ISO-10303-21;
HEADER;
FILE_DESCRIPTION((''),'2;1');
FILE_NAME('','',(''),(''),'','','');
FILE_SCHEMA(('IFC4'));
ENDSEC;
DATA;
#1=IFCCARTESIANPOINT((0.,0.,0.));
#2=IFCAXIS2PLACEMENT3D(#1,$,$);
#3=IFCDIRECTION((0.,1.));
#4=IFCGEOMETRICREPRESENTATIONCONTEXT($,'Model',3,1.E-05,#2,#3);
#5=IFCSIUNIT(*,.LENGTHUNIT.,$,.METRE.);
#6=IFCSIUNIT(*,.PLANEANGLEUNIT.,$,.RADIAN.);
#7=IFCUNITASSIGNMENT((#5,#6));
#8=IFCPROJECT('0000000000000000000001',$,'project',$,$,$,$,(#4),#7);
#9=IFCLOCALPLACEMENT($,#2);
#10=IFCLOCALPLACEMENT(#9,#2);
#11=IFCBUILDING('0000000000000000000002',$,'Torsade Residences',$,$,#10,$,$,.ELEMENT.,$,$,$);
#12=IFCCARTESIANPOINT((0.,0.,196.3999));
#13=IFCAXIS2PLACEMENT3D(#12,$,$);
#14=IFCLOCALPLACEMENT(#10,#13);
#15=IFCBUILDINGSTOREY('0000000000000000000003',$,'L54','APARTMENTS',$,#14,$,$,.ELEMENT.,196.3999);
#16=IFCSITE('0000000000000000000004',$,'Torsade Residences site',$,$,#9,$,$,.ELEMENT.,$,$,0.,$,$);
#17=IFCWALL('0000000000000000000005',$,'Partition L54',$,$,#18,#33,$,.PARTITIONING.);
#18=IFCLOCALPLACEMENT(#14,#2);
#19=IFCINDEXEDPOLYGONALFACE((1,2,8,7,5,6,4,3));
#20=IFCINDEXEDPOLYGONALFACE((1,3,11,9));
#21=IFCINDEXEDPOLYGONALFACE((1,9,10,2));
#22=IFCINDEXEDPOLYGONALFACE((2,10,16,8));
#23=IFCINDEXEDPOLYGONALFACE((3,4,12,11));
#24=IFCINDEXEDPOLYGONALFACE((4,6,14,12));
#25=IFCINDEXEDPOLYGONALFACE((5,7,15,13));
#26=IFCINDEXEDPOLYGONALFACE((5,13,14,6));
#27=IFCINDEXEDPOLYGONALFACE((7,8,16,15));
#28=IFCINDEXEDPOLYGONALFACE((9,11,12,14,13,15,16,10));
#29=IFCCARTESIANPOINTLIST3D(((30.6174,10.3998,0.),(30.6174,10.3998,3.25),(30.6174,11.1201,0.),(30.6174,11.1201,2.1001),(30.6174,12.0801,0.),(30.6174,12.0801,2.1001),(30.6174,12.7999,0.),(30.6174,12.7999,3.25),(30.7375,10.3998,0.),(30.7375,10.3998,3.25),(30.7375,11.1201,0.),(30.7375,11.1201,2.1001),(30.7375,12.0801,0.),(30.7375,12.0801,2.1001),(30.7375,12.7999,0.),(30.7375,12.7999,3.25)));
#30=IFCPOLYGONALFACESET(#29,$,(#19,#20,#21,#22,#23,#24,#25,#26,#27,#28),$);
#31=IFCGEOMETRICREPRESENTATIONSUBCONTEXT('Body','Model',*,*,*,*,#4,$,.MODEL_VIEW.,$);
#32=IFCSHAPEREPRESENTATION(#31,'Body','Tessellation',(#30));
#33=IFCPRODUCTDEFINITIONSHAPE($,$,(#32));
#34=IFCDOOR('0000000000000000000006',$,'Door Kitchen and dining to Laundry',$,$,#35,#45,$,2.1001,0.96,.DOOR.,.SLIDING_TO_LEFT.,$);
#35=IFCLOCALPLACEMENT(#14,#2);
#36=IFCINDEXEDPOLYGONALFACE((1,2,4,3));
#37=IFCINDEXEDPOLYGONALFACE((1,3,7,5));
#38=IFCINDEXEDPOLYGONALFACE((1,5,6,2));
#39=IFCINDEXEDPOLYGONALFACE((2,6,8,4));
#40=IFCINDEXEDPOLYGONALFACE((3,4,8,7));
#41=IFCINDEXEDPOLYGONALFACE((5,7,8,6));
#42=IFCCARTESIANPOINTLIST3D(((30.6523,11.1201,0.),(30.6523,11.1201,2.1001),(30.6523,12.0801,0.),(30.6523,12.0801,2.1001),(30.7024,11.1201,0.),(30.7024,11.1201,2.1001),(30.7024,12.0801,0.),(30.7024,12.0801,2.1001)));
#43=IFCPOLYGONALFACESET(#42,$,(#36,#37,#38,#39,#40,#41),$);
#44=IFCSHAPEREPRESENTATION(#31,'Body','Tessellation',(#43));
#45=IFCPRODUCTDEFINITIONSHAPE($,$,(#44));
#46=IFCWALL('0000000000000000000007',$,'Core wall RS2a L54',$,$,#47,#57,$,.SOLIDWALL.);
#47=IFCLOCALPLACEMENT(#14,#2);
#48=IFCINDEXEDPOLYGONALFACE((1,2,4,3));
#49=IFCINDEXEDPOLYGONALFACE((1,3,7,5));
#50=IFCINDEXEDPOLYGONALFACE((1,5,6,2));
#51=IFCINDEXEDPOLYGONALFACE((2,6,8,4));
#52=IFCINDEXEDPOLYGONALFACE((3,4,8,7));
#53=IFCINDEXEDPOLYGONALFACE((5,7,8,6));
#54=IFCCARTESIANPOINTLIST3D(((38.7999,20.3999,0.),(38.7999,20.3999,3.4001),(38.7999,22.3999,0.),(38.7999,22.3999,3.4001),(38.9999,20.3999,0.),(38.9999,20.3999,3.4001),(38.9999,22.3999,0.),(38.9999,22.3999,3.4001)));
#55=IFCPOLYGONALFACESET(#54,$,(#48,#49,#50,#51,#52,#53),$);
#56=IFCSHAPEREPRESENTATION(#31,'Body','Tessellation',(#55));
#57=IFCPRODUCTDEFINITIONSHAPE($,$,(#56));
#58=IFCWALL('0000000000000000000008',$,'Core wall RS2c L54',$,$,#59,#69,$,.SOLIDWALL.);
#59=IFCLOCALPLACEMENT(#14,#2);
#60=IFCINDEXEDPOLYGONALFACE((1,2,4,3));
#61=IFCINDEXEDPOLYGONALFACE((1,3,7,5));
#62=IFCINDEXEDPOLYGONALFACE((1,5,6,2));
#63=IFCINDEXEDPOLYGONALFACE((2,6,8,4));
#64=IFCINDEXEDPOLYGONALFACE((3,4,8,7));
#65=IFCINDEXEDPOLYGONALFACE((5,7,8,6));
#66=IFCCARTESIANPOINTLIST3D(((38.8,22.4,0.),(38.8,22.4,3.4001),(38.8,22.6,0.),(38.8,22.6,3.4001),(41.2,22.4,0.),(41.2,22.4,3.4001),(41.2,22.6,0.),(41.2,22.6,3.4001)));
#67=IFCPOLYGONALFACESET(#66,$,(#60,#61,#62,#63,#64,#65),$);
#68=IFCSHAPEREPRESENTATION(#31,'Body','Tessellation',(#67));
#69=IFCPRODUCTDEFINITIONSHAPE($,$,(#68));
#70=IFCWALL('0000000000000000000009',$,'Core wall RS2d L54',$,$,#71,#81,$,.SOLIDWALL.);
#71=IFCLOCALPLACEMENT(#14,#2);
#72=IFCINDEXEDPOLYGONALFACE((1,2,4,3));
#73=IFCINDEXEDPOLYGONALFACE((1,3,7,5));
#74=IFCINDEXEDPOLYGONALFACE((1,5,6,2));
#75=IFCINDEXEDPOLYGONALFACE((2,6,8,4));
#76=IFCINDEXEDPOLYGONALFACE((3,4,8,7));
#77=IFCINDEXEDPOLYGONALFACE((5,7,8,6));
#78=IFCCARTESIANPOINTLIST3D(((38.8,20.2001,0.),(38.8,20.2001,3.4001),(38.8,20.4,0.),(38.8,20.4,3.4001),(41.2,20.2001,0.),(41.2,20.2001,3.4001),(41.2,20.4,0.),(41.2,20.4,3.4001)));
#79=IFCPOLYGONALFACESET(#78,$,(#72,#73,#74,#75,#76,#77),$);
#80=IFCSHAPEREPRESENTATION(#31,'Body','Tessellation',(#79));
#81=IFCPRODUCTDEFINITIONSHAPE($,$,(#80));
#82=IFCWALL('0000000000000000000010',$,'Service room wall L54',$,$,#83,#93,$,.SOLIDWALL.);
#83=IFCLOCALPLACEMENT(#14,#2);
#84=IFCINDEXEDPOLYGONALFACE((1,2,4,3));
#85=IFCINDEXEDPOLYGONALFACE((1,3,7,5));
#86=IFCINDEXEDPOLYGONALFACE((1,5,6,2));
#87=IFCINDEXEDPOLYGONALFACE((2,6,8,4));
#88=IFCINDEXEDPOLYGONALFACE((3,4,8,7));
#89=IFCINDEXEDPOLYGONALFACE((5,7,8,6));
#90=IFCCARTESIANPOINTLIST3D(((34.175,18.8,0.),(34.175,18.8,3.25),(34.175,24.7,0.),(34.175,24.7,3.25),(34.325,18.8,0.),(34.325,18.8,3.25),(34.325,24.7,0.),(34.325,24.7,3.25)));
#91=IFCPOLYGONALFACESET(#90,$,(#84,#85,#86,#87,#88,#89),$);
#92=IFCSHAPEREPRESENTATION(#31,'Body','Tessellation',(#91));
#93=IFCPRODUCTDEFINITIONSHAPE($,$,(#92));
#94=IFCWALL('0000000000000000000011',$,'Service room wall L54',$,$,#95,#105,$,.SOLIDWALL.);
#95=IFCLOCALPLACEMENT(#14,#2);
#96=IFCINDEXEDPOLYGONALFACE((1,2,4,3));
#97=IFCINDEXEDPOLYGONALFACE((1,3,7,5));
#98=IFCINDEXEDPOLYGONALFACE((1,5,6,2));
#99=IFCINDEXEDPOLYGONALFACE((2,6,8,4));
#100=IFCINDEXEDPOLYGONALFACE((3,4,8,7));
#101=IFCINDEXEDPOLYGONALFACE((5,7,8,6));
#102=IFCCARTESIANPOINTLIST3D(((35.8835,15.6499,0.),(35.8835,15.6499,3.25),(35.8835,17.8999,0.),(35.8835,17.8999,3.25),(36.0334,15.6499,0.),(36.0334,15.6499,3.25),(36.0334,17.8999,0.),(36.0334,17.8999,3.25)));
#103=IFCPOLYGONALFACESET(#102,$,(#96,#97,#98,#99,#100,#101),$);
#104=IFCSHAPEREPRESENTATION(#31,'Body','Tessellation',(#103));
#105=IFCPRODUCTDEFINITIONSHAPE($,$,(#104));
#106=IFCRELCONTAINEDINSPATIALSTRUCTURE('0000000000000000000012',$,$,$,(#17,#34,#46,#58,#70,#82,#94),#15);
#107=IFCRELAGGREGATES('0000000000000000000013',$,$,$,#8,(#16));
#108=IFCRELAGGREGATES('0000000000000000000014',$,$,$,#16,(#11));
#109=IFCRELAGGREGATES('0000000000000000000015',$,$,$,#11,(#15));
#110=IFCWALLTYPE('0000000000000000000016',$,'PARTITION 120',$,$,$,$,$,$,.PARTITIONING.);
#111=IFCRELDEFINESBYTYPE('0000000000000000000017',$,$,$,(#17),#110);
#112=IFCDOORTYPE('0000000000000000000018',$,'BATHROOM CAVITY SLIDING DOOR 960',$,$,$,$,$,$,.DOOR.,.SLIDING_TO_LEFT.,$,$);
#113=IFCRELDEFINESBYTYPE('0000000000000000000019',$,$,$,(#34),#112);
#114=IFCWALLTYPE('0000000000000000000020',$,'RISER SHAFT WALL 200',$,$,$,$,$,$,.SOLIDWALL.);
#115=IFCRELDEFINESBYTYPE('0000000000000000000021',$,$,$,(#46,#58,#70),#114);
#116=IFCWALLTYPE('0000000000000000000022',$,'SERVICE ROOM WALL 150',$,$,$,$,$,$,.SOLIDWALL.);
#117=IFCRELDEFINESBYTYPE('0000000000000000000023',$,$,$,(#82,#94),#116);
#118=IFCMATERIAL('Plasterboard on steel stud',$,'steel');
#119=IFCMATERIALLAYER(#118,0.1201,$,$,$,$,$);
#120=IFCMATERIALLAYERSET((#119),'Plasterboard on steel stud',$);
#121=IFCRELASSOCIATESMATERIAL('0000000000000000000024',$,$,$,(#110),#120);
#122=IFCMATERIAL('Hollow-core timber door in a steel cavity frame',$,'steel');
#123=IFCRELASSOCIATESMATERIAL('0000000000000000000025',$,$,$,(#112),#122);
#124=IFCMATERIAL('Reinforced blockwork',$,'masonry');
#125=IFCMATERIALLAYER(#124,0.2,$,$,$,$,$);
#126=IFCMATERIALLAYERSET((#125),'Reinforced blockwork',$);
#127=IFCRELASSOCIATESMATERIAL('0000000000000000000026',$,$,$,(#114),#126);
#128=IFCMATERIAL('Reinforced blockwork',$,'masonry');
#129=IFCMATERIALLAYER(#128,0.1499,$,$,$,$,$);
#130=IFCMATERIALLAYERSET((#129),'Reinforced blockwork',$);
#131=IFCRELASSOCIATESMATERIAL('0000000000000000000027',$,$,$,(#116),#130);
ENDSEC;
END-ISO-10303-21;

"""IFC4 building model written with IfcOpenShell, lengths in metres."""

from ifc_helpers import new_model, si_unit, direction, frame, frame_2d, origin, place, context, subcontext, project, spatial, rectangle, extrude, material, layer, layer_set, type_object, element, fill, save


model = new_model("IFC4")

# Units and contexts
model_context = context("Model", 3, precision=1e-05, world=origin(), true_north=direction((0.0, 1.0)))
body_context = subcontext(model_context, "Body", "Model", "MODEL_VIEW")
ifc_project = project(units=[si_unit("LENGTHUNIT", "METRE"), si_unit("PLANEANGLEUNIT", "RADIAN")], contexts=[model_context])

# Site, building, storey
site_placement = place(None, origin())
site = spatial("IfcSite", under=ifc_project, at=site_placement, Name="Torsade Residences site", CompositionType="ELEMENT", RefElevation=0.0)
building_placement = place(site_placement, origin())
building = spatial("IfcBuilding", under=site, at=building_placement, Name="Torsade Residences", CompositionType="ELEMENT")
storey_placement = place(building_placement, frame((0.0, 0.0, 196.3999)))
storey = spatial("IfcBuildingStorey", under=building, at=storey_placement, Name="L54", Description="APARTMENTS", CompositionType="ELEMENT", Elevation=196.3999)

# Wall, opening, door
ifc_material_1 = material(Name="Plasterboard on steel stud", Category="steel")
ifc_layer_1 = layer(ifc_material_1, 0.1201)
ifc_layer_set_1 = layer_set([ifc_layer_1], Name="Plasterboard on steel stud")
wall_type_1 = type_object("IfcWallType", Name="PARTITION 120", PredefinedType="PARTITIONING", material=ifc_layer_set_1)
wall_1_placement = place(storey_placement, frame((30.6775, 12.8, 0.0), z_axis=(0.0, 0.0, 1.0), x_axis=(0.0, -1.0, 0.0)))
wall_1 = element("IfcWall", 1, at=wall_1_placement, inside=storey, type_object=wall_type_1, Name="Partition L54", PredefinedType="PARTITIONING", context=body_context, shape_type="SweptSolid", body=[
    extrude(rectangle(XDim=2.4001, YDim=0.1201, at=frame_2d((1.2002, 0.0))), origin(), (0.0, 0.0, 1.0), 3.25),
])
opening_1_placement = place(wall_1_placement, frame((0.72, 0.0, 0.0)))
opening_1 = element("IfcOpeningElement", 2, at=opening_1_placement, cuts=wall_1, PredefinedType="OPENING", context=body_context, shape_type="SweptSolid", body=[
    extrude(rectangle(XDim=0.96, YDim=2.1001, at=frame_2d((0.48, 1.05))), frame((0.0, 0.0701, 0.0), z_axis=(0.0, -1.0, 0.0), x_axis=(1.0, 0.0, 0.0)), (0.0, 0.0, 1.0), 0.1401),
])
ifc_material_2 = material(Name="Hollow-core timber door in a steel cavity frame", Category="steel")
door_type_1 = type_object("IfcDoorType", Name="BATHROOM CAVITY SLIDING DOOR 960", OperationType="SLIDING_TO_LEFT", PredefinedType="DOOR", material=ifc_material_2)
door_1_placement = place(opening_1_placement, origin())
door_1 = element("IfcDoor", 3, at=door_1_placement, inside=storey, type_object=door_type_1, Name="Door Kitchen and dining to Laundry", OperationType="SLIDING_TO_LEFT", OverallHeight=2.1001, OverallWidth=0.96, PredefinedType="DOOR", context=body_context, shape_type="SweptSolid", body=[
    extrude(rectangle(XDim=0.96, YDim=2.1001, at=frame_2d((0.48, 1.05))), frame((0.0, 0.0249, 0.0), z_axis=(0.0, -1.0, 0.0), x_axis=(1.0, 0.0, 0.0)), (0.0, 0.0, 1.0), 0.05),
])
fill(opening_1, door_1)

# Walls
ifc_material_3 = material(Name="Reinforced blockwork", Category="masonry")
ifc_layer_2 = layer(ifc_material_3, 0.2)
ifc_layer_set_2 = layer_set([ifc_layer_2], Name="Reinforced blockwork")
wall_type_2 = type_object("IfcWallType", Name="RISER SHAFT WALL 200", PredefinedType="SOLIDWALL", material=ifc_layer_set_2)
wall_2_placement = place(storey_placement, frame((38.8999, 22.3999, 0.0), z_axis=(0.0, 0.0, 1.0), x_axis=(0.0, -1.0, 0.0)))
element("IfcWall", 4, at=wall_2_placement, inside=storey, type_object=wall_type_2, Name="Core wall RS2a L54", PredefinedType="SOLIDWALL", context=body_context, shape_type="SweptSolid", body=[
    extrude(rectangle(XDim=2.0, YDim=0.2, at=frame_2d((1.0, 0.0))), origin(), (0.0, 0.0, 1.0), 3.4001),
])
for number, where, z_axis, x_axis, name in (
    (5, (38.8, 22.5, 0.0), (0.0, 0.0, 1.0), (1.0, 0.0, 0.0), "Core wall RS2c L54"),
    (6, (38.8, 20.3, 0.0), (0.0, 0.0, 1.0), (1.0, 0.0, 0.0), "Core wall RS2d L54"),
):
    element("IfcWall", number, at=place(storey_placement, frame(where, z_axis=z_axis, x_axis=x_axis)), inside=storey, type_object=wall_type_2, Name=name, PredefinedType="SOLIDWALL", context=body_context, shape_type="SweptSolid", body=[
        extrude(rectangle(XDim=2.3999, YDim=0.2, at=frame_2d((1.2, 0.0))), origin(), (0.0, 0.0, 1.0), 3.4001),
    ])
ifc_material_4 = material(Name="Reinforced blockwork", Category="masonry")
ifc_layer_3 = layer(ifc_material_4, 0.1499)
ifc_layer_set_3 = layer_set([ifc_layer_3], Name="Reinforced blockwork")
wall_type_3 = type_object("IfcWallType", Name="SERVICE ROOM WALL 150", PredefinedType="SOLIDWALL", material=ifc_layer_set_3)
wall_3_placement = place(storey_placement, frame((34.25, 18.8, 0.0), z_axis=(0.0, 0.0, 1.0), x_axis=(0.0, 1.0, 0.0)))
element("IfcWall", 7, at=wall_3_placement, inside=storey, type_object=wall_type_3, Name="Service room wall L54", PredefinedType="SOLIDWALL", context=body_context, shape_type="SweptSolid", body=[
    extrude(rectangle(XDim=5.8999, YDim=0.1499, at=frame_2d((2.95, 0.0))), origin(), (0.0, 0.0, 1.0), 3.25),
])
wall_4_placement = place(storey_placement, frame((35.9585, 15.6499, 0.0), z_axis=(0.0, 0.0, 1.0), x_axis=(0.0, 1.0, 0.0)))
element("IfcWall", 8, at=wall_4_placement, inside=storey, type_object=wall_type_3, Name="Service room wall L54", PredefinedType="SOLIDWALL", context=body_context, shape_type="SweptSolid", body=[
    extrude(rectangle(XDim=2.25, YDim=0.1499, at=frame_2d((1.125, 0.0))), origin(), (0.0, 0.0, 1.0), 3.25),
])

save(model, "model.ifc")
